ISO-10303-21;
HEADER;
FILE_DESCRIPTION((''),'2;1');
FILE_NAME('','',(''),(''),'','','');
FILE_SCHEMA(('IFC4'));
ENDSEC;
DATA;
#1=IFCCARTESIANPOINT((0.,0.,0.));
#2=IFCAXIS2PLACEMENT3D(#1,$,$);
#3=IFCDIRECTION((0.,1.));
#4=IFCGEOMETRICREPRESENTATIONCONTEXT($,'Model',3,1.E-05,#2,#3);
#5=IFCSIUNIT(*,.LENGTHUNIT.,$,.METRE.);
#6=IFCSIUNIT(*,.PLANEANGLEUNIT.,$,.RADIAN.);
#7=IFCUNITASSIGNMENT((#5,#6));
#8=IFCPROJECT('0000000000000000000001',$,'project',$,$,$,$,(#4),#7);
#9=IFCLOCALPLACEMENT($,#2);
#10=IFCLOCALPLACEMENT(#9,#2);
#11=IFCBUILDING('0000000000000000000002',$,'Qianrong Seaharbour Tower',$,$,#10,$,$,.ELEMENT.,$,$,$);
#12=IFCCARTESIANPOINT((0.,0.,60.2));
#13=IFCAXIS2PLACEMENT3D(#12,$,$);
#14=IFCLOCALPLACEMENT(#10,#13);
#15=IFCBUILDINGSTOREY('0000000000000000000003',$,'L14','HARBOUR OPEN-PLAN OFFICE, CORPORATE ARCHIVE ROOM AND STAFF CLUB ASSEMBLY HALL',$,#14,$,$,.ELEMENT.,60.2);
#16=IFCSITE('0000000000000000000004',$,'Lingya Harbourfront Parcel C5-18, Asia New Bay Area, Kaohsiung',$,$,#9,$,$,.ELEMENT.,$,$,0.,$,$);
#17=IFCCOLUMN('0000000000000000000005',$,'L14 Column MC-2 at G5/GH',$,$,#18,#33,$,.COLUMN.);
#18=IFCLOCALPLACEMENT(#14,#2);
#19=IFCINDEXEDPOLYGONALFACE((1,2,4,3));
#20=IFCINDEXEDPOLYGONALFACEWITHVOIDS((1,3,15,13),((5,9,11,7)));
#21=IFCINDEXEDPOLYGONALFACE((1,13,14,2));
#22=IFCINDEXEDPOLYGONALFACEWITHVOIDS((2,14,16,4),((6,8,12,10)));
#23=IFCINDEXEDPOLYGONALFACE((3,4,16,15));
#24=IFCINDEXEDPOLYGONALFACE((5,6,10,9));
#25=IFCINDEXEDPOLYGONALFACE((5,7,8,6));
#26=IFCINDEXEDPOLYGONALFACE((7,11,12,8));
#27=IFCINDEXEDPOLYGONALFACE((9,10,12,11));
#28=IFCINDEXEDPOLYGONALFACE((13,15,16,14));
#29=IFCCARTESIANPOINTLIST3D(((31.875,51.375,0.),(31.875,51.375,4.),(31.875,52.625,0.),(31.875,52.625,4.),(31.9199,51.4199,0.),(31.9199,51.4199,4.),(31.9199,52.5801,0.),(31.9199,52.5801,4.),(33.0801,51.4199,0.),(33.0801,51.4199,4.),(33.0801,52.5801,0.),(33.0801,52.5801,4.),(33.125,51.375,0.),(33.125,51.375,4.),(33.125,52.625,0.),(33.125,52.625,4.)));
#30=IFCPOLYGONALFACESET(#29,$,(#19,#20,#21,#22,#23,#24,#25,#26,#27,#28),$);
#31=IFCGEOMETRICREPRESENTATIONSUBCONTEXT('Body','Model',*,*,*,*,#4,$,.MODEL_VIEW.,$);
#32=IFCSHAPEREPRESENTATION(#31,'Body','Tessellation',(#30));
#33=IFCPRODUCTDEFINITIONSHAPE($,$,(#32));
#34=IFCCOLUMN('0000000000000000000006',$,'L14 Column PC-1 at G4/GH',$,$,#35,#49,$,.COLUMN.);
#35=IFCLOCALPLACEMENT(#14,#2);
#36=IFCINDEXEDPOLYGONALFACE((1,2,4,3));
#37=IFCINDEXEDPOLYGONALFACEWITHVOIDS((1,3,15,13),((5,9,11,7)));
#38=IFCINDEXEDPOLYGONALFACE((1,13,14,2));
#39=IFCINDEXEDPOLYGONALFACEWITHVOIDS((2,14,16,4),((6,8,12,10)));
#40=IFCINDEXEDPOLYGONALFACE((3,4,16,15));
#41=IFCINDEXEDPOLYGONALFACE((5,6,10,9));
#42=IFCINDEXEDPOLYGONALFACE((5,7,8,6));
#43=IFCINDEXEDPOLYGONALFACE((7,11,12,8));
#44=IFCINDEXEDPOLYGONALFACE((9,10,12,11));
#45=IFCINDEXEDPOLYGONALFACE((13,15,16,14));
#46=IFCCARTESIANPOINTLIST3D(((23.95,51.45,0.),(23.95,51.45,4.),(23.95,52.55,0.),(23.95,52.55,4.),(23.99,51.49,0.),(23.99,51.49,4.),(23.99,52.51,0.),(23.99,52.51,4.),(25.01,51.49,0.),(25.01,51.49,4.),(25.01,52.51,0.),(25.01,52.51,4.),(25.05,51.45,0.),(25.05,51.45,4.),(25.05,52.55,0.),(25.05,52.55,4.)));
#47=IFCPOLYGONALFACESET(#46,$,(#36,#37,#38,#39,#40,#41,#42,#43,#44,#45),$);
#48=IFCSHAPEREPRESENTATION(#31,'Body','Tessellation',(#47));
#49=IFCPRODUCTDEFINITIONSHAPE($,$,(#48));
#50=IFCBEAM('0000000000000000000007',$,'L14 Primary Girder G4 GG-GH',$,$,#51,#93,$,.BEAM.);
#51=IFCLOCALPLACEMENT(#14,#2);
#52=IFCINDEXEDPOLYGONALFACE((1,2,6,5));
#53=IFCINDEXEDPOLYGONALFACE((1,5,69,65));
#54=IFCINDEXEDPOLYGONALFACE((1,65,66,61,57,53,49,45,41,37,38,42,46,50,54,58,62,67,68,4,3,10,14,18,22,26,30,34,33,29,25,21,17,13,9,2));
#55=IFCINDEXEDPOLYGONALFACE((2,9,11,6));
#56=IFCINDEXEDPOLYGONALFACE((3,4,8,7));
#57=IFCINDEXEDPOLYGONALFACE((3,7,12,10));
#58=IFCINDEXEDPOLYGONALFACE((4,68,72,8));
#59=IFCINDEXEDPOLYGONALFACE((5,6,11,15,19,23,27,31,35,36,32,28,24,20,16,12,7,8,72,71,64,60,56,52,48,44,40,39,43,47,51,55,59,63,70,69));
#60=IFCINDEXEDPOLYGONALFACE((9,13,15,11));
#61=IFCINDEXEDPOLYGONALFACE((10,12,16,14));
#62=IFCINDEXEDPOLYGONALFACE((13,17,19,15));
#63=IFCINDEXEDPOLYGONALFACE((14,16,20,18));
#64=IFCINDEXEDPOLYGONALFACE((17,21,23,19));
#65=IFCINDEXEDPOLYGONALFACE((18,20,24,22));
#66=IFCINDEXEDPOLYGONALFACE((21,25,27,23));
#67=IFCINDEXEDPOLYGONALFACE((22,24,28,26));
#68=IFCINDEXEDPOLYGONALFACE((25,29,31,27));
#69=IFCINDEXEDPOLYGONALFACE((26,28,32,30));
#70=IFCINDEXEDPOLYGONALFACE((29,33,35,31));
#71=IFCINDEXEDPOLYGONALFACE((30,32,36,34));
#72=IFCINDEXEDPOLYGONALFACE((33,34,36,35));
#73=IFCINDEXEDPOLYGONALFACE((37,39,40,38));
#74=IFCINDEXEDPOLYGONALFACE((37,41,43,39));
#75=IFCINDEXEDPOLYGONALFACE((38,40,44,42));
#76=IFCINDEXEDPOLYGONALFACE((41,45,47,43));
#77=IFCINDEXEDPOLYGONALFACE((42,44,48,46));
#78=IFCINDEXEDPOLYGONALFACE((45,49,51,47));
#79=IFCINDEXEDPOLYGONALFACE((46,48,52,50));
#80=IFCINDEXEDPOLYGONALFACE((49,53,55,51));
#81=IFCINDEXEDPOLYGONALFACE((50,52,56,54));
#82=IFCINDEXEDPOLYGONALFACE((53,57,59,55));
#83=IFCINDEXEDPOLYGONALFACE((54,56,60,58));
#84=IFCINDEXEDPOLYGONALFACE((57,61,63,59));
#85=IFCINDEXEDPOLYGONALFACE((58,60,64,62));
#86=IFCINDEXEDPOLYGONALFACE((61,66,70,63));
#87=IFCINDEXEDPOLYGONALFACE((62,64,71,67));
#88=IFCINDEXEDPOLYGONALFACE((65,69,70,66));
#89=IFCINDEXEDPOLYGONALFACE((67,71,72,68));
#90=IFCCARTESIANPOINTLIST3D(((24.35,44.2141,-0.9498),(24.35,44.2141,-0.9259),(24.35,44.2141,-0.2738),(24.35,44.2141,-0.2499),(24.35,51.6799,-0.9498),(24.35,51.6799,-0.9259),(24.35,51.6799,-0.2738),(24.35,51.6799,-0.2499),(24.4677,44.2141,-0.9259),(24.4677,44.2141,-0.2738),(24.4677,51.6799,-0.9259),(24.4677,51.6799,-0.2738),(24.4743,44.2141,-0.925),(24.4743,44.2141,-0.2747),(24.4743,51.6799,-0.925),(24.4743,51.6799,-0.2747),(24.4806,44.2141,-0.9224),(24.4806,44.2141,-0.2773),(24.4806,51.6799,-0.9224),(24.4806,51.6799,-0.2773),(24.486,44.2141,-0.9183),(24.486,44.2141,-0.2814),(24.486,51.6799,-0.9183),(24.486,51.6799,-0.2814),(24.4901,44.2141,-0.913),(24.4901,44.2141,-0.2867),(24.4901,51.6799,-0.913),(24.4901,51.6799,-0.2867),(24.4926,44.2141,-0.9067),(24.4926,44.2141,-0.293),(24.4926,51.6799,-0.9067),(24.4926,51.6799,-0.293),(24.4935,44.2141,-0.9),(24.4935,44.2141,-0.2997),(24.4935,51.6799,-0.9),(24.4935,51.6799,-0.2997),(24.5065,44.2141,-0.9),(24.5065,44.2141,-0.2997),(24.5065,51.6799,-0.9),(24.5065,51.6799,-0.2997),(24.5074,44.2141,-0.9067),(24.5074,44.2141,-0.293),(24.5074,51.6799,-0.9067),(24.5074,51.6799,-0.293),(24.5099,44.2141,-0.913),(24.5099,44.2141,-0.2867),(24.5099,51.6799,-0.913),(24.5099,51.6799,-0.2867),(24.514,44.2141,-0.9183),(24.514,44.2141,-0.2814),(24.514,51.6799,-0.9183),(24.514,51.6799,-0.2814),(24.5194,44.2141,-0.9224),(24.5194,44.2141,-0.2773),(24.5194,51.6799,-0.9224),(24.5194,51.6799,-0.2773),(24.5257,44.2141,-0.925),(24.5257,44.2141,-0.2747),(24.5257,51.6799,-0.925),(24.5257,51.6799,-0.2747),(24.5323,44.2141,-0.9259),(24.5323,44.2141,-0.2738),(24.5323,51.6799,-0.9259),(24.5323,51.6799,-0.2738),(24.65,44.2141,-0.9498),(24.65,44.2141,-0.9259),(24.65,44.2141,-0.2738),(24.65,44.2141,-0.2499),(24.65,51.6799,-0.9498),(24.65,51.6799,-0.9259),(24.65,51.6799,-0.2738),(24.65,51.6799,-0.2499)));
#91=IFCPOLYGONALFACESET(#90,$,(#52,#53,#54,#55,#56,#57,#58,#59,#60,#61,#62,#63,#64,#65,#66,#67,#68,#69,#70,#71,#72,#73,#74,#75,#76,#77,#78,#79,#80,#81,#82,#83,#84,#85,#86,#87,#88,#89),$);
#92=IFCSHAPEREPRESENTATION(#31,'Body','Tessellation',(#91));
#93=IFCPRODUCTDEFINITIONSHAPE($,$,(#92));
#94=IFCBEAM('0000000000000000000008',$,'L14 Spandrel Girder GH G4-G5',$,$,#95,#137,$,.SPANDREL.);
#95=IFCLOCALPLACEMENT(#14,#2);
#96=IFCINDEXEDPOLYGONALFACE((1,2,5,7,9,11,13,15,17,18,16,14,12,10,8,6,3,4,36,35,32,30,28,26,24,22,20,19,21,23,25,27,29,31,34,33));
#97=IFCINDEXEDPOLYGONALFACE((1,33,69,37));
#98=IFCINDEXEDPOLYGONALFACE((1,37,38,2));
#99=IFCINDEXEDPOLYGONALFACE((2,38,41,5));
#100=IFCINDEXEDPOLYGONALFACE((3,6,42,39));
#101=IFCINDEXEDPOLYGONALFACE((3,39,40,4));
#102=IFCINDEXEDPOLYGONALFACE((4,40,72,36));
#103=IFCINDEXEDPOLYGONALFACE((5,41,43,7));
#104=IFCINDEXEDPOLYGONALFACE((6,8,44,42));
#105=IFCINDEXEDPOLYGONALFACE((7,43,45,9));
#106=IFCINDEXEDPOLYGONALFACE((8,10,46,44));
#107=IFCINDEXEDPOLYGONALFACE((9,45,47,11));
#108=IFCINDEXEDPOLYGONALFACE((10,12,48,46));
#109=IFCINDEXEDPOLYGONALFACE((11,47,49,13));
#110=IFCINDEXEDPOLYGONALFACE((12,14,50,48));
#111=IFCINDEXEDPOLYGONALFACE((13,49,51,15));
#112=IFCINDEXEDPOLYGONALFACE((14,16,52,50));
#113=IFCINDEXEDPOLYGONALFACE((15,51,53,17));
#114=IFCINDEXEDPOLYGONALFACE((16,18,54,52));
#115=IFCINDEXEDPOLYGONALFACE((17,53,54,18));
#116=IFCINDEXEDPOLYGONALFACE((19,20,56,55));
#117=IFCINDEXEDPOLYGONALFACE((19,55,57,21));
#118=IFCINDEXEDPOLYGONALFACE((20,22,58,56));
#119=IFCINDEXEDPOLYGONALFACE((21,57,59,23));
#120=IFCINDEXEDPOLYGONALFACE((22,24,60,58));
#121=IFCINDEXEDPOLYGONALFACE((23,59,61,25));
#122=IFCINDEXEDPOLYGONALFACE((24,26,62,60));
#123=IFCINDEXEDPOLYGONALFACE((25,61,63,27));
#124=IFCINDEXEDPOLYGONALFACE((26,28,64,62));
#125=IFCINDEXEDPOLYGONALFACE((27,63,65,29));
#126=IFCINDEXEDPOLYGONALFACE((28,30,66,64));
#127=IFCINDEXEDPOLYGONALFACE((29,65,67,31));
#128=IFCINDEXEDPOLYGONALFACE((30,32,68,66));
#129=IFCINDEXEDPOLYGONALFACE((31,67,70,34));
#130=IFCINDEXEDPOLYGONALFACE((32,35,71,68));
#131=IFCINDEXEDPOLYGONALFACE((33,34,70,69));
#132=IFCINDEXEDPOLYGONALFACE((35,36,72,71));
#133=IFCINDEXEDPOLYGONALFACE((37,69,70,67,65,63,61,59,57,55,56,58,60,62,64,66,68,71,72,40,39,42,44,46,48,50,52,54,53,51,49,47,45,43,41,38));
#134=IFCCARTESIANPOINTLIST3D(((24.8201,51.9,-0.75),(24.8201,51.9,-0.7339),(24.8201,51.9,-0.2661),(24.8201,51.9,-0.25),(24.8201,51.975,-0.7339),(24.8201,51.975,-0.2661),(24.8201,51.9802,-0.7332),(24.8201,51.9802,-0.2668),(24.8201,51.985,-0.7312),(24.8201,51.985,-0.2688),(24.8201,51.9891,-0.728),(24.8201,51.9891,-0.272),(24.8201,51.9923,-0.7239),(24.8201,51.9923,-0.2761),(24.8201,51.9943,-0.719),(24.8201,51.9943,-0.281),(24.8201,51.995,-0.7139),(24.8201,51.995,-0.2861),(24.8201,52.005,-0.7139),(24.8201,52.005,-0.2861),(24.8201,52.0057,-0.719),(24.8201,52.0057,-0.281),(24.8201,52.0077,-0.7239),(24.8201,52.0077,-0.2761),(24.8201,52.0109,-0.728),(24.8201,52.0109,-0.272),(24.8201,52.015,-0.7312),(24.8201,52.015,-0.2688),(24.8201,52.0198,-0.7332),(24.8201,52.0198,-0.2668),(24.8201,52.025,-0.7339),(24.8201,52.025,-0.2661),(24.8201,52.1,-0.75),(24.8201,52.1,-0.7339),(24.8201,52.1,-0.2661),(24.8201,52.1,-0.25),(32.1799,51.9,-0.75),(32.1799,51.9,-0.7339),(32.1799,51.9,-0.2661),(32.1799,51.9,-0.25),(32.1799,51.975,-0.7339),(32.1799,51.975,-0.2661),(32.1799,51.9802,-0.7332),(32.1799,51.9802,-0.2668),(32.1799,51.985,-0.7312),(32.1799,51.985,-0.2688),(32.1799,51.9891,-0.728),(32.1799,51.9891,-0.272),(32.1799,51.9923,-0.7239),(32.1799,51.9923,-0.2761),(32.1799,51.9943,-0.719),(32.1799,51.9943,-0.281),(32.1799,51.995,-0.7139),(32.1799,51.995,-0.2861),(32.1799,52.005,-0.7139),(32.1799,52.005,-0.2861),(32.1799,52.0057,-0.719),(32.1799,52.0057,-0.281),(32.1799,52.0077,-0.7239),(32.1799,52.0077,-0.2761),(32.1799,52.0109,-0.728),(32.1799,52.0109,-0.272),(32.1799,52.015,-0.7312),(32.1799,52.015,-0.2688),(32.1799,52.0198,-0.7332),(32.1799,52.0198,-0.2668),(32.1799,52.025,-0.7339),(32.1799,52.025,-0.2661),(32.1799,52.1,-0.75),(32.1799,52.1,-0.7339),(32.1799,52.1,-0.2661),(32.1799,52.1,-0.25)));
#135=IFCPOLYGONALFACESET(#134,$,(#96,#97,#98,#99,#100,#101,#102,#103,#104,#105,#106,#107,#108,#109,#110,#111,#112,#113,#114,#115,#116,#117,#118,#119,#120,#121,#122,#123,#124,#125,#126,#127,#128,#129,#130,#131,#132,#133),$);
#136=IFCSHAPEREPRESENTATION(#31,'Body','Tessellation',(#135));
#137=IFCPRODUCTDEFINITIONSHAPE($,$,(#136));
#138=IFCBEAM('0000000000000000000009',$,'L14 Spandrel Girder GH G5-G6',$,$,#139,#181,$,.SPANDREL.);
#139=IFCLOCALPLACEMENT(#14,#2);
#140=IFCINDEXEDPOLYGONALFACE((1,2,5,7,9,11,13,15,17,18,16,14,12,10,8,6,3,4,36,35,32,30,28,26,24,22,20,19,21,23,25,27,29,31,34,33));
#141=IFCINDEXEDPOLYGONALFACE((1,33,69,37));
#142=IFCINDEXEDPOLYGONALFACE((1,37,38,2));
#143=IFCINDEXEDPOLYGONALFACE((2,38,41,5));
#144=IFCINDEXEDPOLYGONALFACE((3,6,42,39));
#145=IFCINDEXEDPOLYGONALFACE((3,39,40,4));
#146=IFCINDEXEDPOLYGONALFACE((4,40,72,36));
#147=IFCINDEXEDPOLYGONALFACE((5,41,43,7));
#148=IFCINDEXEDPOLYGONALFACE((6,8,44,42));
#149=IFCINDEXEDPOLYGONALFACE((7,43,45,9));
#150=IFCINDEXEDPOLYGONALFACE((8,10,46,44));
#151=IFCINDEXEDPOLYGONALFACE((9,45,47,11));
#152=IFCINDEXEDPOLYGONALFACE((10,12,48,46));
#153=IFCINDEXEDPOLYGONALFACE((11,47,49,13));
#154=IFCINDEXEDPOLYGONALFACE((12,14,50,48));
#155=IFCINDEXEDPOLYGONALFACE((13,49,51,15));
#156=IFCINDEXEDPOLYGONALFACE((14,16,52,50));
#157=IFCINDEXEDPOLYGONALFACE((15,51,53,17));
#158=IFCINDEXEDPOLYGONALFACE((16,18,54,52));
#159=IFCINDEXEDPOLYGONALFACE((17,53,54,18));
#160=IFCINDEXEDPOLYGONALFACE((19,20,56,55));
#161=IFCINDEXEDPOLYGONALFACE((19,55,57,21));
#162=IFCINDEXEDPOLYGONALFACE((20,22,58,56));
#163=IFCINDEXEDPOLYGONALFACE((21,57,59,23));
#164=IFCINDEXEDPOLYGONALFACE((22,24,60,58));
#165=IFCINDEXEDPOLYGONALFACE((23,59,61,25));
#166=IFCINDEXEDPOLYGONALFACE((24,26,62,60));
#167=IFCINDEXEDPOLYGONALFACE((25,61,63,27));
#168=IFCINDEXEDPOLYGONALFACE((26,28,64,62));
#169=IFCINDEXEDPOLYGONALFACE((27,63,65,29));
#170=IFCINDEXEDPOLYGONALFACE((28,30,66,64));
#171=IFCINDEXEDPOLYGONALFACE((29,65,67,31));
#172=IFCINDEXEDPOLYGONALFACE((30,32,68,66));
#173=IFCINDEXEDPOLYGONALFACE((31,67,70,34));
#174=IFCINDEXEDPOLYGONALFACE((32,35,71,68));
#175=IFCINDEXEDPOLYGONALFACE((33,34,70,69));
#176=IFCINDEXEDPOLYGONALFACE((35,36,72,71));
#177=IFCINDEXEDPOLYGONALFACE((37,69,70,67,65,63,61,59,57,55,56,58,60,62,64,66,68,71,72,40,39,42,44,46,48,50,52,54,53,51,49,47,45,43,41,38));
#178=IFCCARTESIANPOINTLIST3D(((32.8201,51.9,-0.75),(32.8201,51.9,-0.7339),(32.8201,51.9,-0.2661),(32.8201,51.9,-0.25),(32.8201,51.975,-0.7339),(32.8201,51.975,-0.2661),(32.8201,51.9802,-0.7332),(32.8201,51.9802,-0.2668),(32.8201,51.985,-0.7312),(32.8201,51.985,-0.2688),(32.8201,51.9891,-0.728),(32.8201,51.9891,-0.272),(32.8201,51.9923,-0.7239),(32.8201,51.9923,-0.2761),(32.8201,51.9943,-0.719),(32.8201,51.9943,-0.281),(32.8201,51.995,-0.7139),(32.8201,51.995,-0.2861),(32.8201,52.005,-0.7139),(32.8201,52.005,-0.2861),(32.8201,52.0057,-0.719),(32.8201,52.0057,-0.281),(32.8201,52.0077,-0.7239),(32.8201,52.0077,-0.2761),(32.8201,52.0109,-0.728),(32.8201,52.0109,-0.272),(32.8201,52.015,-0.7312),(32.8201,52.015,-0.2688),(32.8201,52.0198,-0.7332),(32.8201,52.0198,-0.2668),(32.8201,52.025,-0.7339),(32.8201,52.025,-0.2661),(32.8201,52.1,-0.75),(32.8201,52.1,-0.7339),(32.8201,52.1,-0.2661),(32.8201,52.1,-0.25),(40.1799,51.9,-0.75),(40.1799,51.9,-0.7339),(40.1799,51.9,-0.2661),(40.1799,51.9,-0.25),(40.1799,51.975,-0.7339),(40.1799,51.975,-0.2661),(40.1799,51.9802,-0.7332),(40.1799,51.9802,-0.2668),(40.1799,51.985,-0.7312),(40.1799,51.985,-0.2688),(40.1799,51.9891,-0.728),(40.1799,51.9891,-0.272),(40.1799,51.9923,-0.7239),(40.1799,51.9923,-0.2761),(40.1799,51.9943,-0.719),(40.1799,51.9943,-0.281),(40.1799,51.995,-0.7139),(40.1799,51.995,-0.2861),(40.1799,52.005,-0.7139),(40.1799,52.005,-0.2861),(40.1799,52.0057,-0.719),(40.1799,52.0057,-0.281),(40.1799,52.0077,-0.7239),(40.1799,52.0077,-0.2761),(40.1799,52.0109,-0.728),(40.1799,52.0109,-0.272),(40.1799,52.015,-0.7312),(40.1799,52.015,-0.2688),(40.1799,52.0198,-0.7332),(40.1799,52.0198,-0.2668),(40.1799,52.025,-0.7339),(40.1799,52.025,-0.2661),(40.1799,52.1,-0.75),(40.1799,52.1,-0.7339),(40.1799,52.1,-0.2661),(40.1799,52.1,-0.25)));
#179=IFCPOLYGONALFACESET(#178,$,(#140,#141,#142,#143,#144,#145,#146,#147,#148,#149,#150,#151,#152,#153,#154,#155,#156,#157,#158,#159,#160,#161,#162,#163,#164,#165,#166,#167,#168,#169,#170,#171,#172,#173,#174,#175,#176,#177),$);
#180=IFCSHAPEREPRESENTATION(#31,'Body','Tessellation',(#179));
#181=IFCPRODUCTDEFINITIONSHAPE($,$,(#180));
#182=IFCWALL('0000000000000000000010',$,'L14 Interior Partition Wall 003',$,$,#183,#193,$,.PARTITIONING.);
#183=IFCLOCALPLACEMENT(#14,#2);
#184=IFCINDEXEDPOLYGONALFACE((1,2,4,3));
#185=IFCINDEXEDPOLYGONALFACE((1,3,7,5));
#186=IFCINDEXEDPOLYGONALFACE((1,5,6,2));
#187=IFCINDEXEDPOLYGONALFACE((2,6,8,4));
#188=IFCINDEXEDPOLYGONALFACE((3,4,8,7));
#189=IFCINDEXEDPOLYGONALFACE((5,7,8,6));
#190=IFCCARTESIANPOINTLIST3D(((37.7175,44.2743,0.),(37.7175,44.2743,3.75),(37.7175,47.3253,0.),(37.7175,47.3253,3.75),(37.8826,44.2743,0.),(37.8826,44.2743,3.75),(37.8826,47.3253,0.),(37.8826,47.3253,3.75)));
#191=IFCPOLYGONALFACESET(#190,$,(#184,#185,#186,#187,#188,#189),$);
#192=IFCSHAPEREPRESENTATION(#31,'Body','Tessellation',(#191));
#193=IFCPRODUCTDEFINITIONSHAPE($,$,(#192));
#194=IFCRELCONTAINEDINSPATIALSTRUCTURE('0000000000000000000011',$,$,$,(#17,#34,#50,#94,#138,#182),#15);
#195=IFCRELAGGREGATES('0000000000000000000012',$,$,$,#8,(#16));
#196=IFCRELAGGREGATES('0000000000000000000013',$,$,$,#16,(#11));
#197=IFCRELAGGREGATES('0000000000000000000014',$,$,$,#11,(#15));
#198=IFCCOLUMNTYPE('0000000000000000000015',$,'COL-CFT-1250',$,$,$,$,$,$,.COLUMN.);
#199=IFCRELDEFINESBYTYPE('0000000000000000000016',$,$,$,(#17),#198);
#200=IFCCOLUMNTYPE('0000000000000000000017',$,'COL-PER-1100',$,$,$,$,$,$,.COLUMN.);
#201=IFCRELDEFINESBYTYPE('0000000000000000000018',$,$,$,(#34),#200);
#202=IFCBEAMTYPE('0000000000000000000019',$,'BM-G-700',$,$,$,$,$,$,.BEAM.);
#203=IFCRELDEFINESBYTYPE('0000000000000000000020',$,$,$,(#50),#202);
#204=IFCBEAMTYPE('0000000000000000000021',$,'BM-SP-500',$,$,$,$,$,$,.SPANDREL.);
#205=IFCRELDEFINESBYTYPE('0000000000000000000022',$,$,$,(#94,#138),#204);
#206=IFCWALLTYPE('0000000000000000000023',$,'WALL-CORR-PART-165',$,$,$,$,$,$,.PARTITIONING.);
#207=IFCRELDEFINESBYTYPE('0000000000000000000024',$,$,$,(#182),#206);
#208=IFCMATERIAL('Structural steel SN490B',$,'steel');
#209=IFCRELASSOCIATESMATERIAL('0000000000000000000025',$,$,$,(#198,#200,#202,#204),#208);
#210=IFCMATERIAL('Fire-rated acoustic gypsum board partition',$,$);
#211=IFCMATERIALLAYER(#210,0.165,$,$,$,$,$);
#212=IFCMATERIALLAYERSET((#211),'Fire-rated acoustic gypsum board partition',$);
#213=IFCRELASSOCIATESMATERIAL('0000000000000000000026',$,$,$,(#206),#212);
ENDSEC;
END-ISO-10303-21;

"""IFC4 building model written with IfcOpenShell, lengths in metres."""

from ifc_helpers import new_model, si_unit, direction, frame, frame_2d, origin, origin_2d, place, context, subcontext, project, spatial, rectangle, hollow_rectangle, i_section, extrude, material, layer, layer_set, material_profile, profile_set, type_object, element, save


model = new_model("IFC4")

# Units and contexts
model_context = context("Model", 3, precision=1e-05, world=origin(), true_north=direction((0.0, 1.0)))
body_context = subcontext(model_context, "Body", "Model", "MODEL_VIEW")
ifc_project = project(units=[si_unit("LENGTHUNIT", "METRE"), si_unit("PLANEANGLEUNIT", "RADIAN")], contexts=[model_context])

# Site, building, storey
site_placement = place(None, origin())
site = spatial("IfcSite", under=ifc_project, at=site_placement, Name="Lingya Harbourfront Parcel C5-18, Asia New Bay Area, Kaohsiung", CompositionType="ELEMENT", RefElevation=0.0)
building_placement = place(site_placement, origin())
building = spatial("IfcBuilding", under=site, at=building_placement, Name="Qianrong Seaharbour Tower", CompositionType="ELEMENT")
storey_placement = place(building_placement, frame((0.0, 0.0, 60.2)))
storey = spatial("IfcBuildingStorey", under=building, at=storey_placement, Name="L14", Description="HARBOUR OPEN-PLAN OFFICE, CORPORATE ARCHIVE ROOM AND STAFF CLUB ASSEMBLY HALL", CompositionType="ELEMENT", Elevation=60.2)

# Columns
ifc_material_1 = material(Name="Structural steel SN490B", Category="steel")
ifc_material_profile_1 = material_profile(ifc_material_1, hollow_rectangle(XDim=1.25, YDim=1.25, WallThickness=0.0449, at=origin_2d()), Name="BOX1250x1250x45")
ifc_profile_set_1 = profile_set([ifc_material_profile_1], Name="Structural steel SN490B")
column_type_1 = type_object("IfcColumnType", Name="COL-CFT-1250", PredefinedType="COLUMN", material=ifc_profile_set_1)
column_1_placement = place(storey_placement, frame((32.5, 52.0, 0.0), z_axis=(0.0, 0.0, 1.0), x_axis=(1.0, 0.0, 0.0)))
element("IfcColumn", 1, at=column_1_placement, inside=storey, type_object=column_type_1, Name="L14 Column MC-2 at G5/GH", PredefinedType="COLUMN", context=body_context, shape_type="SweptSolid", body=[
    extrude(hollow_rectangle(XDim=1.25, YDim=1.25, WallThickness=0.0449, at=origin_2d()), origin(), (0.0, 0.0, 1.0), 4.0),
])
ifc_material_profile_2 = material_profile(ifc_material_1, hollow_rectangle(XDim=1.1001, YDim=1.1001, WallThickness=0.04, at=origin_2d()), Name="BOX1100x1100x40")
ifc_profile_set_2 = profile_set([ifc_material_profile_2], Name="Structural steel SN490B")
column_type_2 = type_object("IfcColumnType", Name="COL-PER-1100", PredefinedType="COLUMN", material=ifc_profile_set_2)
column_2_placement = place(storey_placement, frame((24.5, 52.0, 0.0), z_axis=(0.0, 0.0, 1.0), x_axis=(1.0, 0.0, 0.0)))
element("IfcColumn", 2, at=column_2_placement, inside=storey, type_object=column_type_2, Name="L14 Column PC-1 at G4/GH", PredefinedType="COLUMN", context=body_context, shape_type="SweptSolid", body=[
    extrude(hollow_rectangle(XDim=1.1001, YDim=1.1001, WallThickness=0.04, at=origin_2d()), origin(), (0.0, 0.0, 1.0), 4.0),
])

# Beams
ifc_material_profile_3 = material_profile(ifc_material_1, i_section(OverallWidth=0.3, OverallDepth=0.7, WebThickness=0.0129, FlangeThickness=0.0239, FilletRadius=0.0259, at=origin_2d()), Name="H700x300x13x24")
ifc_profile_set_3 = profile_set([ifc_material_profile_3], Name="Structural steel SN490B")
beam_type_1 = type_object("IfcBeamType", Name="BM-G-700", PredefinedType="BEAM", material=ifc_profile_set_3)
beam_placement = place(storey_placement, frame((24.5, 44.2141, -0.5999), z_axis=(0.0, 1.0, 0.0), x_axis=(-1.0, 0.0, 0.0)))
element("IfcBeam", 3, at=beam_placement, inside=storey, type_object=beam_type_1, Name="L14 Primary Girder G4 GG-GH", PredefinedType="BEAM", context=body_context, shape_type="SweptSolid", body=[
    extrude(i_section(OverallWidth=0.3, OverallDepth=0.7, WebThickness=0.0129, FlangeThickness=0.0239, FilletRadius=0.0259, at=origin_2d()), origin(), (0.0, 0.0, 1.0), 7.4658),
])
ifc_material_profile_4 = material_profile(ifc_material_1, i_section(OverallWidth=0.2, OverallDepth=0.5, WebThickness=0.01, FlangeThickness=0.0161, FilletRadius=0.02, at=origin_2d()), Name="H500x200x10x16")
ifc_profile_set_4 = profile_set([ifc_material_profile_4], Name="Structural steel SN490B")
beam_type_2 = type_object("IfcBeamType", Name="BM-SP-500", PredefinedType="SPANDREL", material=ifc_profile_set_4)
for number, where, z_axis, x_axis, name in (
    (4, (24.8201, 52.0, -0.5), (1.0, 0.0, 0.0), (0.0, 1.0, 0.0), "L14 Spandrel Girder GH G4-G5"),
    (5, (32.8201, 52.0, -0.5), (1.0, 0.0, 0.0), (0.0, 1.0, 0.0), "L14 Spandrel Girder GH G5-G6"),
):
    element("IfcBeam", number, at=place(storey_placement, frame(where, z_axis=z_axis, x_axis=x_axis)), inside=storey, type_object=beam_type_2, Name=name, PredefinedType="SPANDREL", context=body_context, shape_type="SweptSolid", body=[
        extrude(i_section(OverallWidth=0.2, OverallDepth=0.5, WebThickness=0.01, FlangeThickness=0.0161, FilletRadius=0.02, at=origin_2d()), origin(), (0.0, 0.0, 1.0), 7.3599),
    ])

# Shared definitions
ifc_material_2 = material(Name="Fire-rated acoustic gypsum board partition")
ifc_layer_1 = layer(ifc_material_2, 0.165)
ifc_layer_set_1 = layer_set([ifc_layer_1], Name="Fire-rated acoustic gypsum board partition")
wall_type_1 = type_object("IfcWallType", Name="WALL-CORR-PART-165", PredefinedType="PARTITIONING", material=ifc_layer_set_1)

# Wall
wall_1_placement = place(storey_placement, frame((37.8, 44.2744, 0.0), z_axis=(0.0, 0.0, 1.0), x_axis=(0.0, 1.0, 0.0)))
element("IfcWall", 6, at=wall_1_placement, inside=storey, type_object=wall_type_1, Name="L14 Interior Partition Wall 003", PredefinedType="PARTITIONING", context=body_context, shape_type="SweptSolid", body=[
    extrude(rectangle(XDim=3.051, YDim=0.165, at=frame_2d((1.5254, 0.0))), origin(), (0.0, 0.0, 1.0), 3.75),
])

save(model, "model.ifc")
